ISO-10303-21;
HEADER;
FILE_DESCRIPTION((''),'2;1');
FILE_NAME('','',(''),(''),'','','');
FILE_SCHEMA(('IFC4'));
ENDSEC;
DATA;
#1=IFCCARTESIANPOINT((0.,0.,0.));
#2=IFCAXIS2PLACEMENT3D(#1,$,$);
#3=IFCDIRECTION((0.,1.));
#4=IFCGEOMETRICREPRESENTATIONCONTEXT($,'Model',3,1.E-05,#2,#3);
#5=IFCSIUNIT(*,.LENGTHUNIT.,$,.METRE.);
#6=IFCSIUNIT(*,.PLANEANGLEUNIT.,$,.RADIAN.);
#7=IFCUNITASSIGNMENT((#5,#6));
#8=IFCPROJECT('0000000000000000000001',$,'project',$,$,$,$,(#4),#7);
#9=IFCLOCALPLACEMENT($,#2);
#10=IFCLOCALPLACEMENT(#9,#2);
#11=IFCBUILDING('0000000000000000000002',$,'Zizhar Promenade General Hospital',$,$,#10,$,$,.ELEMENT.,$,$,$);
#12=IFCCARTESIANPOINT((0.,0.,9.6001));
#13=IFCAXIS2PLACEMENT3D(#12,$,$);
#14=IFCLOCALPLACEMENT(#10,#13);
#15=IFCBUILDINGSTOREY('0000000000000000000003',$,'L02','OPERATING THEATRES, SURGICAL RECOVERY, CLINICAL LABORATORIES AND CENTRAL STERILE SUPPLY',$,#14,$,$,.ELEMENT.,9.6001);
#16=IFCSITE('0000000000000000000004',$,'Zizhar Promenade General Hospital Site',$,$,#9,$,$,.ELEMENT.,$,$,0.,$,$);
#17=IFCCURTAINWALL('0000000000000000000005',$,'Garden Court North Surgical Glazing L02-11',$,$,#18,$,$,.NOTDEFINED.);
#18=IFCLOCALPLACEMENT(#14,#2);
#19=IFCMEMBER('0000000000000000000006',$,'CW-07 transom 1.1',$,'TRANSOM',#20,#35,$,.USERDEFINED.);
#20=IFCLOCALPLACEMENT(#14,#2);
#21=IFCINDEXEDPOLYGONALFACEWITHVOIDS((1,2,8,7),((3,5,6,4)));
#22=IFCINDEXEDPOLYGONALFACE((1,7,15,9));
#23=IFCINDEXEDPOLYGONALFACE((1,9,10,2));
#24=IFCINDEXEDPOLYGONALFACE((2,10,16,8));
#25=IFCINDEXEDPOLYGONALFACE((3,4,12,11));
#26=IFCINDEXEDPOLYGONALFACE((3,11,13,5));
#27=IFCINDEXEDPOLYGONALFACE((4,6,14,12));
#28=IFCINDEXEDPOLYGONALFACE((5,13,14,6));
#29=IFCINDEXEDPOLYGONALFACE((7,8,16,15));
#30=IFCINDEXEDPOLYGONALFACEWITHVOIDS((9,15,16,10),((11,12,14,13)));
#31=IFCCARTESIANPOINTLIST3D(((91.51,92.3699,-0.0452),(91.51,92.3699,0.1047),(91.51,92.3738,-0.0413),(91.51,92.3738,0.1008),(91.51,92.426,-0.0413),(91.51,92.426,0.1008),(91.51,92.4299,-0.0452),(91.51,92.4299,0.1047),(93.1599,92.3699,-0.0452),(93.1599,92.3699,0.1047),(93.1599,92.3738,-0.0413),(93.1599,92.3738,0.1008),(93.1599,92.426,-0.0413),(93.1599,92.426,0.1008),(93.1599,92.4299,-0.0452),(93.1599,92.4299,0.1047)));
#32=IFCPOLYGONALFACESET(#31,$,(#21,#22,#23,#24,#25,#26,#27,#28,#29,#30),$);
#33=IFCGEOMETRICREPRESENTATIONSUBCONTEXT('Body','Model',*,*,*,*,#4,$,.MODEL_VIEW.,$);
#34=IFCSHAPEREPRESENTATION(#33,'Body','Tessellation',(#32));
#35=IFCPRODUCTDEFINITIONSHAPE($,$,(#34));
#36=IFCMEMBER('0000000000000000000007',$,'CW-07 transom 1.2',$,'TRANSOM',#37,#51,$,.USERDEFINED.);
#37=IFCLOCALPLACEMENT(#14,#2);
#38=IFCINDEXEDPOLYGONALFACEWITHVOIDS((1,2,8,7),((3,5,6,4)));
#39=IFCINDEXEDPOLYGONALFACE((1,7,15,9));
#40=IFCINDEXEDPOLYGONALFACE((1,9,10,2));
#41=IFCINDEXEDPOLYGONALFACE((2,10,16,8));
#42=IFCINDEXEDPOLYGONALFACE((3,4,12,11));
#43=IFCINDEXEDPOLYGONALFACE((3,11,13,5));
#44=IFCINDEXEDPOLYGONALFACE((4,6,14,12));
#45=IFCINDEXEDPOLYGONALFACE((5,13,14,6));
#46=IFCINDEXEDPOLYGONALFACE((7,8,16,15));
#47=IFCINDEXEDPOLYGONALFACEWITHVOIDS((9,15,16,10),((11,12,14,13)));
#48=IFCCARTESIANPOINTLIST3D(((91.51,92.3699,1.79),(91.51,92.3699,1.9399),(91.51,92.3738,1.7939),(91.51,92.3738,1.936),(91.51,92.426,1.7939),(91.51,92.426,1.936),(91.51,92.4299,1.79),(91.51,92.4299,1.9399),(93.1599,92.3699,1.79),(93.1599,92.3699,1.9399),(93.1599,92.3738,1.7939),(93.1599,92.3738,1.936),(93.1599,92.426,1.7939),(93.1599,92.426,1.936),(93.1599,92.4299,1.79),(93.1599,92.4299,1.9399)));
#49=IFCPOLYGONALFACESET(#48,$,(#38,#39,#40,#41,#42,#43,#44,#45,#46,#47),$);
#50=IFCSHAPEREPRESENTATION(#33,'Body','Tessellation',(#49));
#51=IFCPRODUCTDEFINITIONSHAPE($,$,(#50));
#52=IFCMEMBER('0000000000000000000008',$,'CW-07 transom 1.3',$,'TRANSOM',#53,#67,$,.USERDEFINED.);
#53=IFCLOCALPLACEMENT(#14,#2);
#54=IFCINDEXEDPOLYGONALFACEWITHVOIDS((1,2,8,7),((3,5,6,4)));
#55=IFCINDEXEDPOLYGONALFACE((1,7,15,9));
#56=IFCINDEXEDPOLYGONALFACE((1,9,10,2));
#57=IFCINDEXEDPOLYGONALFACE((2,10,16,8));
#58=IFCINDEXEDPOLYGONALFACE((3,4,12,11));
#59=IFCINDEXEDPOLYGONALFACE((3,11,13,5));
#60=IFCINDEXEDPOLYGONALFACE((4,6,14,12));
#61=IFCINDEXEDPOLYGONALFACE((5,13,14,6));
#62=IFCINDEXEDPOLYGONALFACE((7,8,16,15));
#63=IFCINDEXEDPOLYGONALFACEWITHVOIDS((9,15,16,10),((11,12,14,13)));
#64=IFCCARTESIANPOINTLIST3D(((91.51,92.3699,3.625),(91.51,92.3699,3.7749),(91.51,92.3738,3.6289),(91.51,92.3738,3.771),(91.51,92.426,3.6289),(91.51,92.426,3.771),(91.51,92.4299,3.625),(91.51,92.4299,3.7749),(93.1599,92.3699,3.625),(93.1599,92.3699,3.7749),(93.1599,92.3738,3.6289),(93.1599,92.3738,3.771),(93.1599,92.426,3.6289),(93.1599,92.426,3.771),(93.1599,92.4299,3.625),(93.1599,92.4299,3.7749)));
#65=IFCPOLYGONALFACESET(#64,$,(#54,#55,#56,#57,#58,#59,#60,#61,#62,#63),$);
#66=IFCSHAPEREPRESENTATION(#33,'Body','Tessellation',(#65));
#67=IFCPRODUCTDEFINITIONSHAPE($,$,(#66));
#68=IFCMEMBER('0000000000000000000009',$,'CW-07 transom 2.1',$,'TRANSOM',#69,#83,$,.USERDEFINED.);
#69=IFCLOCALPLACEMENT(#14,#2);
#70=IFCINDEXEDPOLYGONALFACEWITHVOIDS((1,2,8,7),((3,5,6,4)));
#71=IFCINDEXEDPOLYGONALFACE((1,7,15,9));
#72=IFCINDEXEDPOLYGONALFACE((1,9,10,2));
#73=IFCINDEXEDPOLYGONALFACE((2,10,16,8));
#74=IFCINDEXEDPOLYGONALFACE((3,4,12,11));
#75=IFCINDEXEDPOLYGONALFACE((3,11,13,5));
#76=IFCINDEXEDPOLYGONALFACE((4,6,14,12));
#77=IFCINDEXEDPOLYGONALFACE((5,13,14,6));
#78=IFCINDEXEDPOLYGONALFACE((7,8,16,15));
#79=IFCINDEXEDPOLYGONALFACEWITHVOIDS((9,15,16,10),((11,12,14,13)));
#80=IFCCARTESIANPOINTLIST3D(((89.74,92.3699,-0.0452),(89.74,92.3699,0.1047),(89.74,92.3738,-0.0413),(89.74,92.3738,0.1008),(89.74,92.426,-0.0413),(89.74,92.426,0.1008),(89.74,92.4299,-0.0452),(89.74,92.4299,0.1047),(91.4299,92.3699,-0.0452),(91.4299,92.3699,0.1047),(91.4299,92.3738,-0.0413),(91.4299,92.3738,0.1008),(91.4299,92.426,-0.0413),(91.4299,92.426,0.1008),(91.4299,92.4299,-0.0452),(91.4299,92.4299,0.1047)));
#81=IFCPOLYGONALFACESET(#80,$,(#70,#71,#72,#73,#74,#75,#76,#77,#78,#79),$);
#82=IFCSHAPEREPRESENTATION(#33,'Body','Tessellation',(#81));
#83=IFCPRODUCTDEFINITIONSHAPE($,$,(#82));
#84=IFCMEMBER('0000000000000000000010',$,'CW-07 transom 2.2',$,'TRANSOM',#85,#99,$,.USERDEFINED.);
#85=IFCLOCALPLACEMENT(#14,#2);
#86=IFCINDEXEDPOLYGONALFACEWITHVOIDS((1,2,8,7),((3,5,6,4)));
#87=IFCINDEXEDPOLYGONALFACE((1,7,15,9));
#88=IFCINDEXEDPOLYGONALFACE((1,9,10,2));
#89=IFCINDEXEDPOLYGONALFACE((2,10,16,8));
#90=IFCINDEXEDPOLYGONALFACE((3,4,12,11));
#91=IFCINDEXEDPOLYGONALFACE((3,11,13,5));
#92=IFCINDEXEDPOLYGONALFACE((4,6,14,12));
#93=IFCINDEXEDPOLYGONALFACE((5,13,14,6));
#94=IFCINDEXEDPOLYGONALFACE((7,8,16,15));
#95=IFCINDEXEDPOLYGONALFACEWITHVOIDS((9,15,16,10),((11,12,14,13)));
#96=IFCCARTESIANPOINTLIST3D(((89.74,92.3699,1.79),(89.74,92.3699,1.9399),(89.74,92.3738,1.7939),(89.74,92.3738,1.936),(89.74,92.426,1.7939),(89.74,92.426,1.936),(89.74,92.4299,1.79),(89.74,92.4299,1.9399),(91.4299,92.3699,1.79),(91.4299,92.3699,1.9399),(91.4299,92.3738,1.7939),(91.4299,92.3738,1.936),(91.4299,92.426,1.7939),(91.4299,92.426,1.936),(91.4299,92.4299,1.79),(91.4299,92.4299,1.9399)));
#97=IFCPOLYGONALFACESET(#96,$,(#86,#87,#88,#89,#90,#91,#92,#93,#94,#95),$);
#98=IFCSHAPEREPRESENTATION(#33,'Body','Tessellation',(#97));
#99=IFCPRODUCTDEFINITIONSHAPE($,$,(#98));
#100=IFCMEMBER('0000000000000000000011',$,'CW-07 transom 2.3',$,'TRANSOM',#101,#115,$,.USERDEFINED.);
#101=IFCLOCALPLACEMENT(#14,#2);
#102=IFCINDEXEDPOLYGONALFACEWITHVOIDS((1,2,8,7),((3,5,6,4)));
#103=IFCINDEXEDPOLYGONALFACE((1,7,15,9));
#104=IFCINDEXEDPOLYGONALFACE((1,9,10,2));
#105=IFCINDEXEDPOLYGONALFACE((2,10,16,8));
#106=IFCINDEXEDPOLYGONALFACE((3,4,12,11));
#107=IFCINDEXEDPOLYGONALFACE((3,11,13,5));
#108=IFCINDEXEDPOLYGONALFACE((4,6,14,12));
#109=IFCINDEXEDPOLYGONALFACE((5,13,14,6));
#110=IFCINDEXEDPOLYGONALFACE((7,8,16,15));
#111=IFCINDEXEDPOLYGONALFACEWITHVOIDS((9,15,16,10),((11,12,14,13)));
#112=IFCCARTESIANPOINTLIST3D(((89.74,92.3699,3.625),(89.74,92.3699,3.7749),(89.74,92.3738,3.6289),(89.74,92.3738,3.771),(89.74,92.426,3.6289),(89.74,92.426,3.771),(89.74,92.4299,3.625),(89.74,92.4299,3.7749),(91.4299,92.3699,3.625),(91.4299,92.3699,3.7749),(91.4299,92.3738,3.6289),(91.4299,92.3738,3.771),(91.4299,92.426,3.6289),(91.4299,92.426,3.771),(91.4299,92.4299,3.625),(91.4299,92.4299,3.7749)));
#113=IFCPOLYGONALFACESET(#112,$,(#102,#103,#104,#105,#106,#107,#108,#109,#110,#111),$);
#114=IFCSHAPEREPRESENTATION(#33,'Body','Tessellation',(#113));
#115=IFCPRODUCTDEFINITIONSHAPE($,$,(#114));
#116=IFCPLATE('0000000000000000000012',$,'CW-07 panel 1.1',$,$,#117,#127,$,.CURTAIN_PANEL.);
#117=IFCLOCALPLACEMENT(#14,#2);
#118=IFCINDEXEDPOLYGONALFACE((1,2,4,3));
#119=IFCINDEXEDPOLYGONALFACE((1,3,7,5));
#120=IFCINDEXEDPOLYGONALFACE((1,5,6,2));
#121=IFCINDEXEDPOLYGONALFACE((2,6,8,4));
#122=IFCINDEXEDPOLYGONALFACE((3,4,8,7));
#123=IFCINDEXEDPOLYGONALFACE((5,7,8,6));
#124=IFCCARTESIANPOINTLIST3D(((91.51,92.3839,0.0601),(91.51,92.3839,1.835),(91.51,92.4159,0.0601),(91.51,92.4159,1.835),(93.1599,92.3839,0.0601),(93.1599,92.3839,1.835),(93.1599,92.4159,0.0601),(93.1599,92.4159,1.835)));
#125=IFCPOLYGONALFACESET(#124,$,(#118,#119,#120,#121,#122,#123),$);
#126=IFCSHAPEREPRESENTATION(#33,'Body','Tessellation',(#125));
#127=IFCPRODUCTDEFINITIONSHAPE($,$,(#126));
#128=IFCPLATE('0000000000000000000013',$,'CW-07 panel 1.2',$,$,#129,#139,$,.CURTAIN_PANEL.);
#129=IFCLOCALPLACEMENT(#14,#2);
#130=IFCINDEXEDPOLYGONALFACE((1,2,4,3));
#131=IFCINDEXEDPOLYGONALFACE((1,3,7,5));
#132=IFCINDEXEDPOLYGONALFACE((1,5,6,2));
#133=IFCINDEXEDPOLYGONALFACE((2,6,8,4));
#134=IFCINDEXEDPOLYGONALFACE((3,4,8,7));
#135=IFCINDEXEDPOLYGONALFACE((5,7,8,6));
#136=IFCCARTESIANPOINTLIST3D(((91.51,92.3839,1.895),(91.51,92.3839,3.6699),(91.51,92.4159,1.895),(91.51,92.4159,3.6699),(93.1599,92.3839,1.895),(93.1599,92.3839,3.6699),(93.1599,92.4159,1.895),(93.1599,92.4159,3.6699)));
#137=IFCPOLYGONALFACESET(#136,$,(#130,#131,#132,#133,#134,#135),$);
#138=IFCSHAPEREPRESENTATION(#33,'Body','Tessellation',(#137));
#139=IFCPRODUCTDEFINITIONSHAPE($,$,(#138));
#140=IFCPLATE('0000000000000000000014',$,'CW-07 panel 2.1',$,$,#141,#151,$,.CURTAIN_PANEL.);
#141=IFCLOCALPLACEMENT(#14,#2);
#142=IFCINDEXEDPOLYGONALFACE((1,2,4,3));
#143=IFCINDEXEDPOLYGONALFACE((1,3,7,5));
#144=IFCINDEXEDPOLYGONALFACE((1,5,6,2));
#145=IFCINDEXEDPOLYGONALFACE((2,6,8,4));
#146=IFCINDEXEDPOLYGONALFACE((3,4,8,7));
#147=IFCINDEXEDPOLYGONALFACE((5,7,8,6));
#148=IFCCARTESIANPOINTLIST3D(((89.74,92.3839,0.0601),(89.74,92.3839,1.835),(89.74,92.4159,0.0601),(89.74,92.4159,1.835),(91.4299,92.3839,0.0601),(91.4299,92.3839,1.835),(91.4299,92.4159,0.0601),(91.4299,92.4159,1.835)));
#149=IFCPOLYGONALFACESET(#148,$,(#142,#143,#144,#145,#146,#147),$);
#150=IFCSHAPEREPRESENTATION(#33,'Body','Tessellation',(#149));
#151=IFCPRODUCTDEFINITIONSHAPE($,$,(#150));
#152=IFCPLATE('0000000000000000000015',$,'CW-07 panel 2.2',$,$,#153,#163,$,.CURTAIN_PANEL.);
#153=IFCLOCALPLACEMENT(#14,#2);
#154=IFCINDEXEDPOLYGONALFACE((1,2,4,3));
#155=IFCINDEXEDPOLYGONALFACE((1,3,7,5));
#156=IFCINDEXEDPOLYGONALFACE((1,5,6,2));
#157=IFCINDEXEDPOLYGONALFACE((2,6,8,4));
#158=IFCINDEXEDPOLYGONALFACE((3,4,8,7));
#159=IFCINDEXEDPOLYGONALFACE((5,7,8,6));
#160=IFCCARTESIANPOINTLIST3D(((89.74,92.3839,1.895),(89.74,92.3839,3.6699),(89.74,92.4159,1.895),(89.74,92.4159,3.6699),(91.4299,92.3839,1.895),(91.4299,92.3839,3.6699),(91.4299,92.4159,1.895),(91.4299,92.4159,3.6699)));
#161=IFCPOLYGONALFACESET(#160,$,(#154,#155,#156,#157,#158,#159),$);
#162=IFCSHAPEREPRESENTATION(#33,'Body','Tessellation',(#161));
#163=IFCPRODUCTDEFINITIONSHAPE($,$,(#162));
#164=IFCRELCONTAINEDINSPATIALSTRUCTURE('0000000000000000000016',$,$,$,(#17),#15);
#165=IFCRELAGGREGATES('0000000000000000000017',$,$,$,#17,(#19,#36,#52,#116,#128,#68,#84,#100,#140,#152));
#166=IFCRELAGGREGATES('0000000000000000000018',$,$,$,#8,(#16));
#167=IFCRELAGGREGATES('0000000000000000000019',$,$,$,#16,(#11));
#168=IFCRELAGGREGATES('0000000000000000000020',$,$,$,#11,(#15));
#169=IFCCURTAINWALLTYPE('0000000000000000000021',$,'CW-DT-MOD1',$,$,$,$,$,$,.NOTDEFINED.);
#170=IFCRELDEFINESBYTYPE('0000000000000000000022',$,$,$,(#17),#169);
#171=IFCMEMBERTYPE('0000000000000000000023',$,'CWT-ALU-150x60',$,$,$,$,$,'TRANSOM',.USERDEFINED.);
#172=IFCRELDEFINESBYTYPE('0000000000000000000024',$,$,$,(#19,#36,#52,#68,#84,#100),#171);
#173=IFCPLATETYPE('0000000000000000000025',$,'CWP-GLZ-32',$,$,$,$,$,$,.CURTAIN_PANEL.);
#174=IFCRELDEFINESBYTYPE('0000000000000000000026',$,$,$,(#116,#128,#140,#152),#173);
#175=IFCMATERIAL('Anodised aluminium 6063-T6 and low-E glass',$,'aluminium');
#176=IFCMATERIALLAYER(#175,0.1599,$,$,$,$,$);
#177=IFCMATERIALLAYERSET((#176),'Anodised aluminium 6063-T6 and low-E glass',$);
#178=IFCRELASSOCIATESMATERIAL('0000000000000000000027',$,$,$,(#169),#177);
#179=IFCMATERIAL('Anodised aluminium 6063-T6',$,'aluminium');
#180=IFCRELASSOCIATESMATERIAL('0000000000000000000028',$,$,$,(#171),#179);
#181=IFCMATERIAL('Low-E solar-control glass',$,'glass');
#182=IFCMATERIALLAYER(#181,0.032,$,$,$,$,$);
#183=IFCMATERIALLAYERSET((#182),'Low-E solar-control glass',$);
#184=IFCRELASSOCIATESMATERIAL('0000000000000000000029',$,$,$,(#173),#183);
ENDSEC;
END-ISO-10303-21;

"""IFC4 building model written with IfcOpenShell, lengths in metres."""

from ifc_helpers import new_model, si_unit, direction, frame, origin, origin_2d, place, context, subcontext, project, spatial, rectangle, hollow_rectangle, extrude, material, layer, layer_set, material_profile, profile_set, type_object, element, aggregate, save


model = new_model("IFC4")

# Units and contexts
model_context = context("Model", 3, precision=1e-05, world=origin(), true_north=direction((0.0, 1.0)))
body_context = subcontext(model_context, "Body", "Model", "MODEL_VIEW")
ifc_project = project(units=[si_unit("LENGTHUNIT", "METRE"), si_unit("PLANEANGLEUNIT", "RADIAN")], contexts=[model_context])

# Site, building, storey
site_placement = place(None, origin())
site = spatial("IfcSite", under=ifc_project, at=site_placement, Name="Zizhar Promenade General Hospital Site", CompositionType="ELEMENT", RefElevation=0.0)
building_placement = place(site_placement, origin())
building = spatial("IfcBuilding", under=site, at=building_placement, Name="Zizhar Promenade General Hospital", CompositionType="ELEMENT")
storey_placement = place(building_placement, frame((0.0, 0.0, 9.6001)))
storey = spatial("IfcBuildingStorey", under=building, at=storey_placement, Name="L02", Description="OPERATING THEATRES, SURGICAL RECOVERY, CLINICAL LABORATORIES AND CENTRAL STERILE SUPPLY", CompositionType="ELEMENT", Elevation=9.6001)

# Curtain wall, members, plates
ifc_material_1 = material(Name="Anodised aluminium 6063-T6 and low-E glass", Category="aluminium")
ifc_layer_1 = layer(ifc_material_1, 0.1599)
ifc_layer_set_1 = layer_set([ifc_layer_1], Name="Anodised aluminium 6063-T6 and low-E glass")
curtain_wall_type = type_object("IfcCurtainWallType", Name="CW-DT-MOD1", PredefinedType="NOTDEFINED", material=ifc_layer_set_1)
curtain_wall_placement = place(storey_placement, origin())
curtain_wall = element("IfcCurtainWall", 1, at=curtain_wall_placement, inside=storey, type_object=curtain_wall_type, Name="Garden Court North Surgical Glazing L02-11", PredefinedType="NOTDEFINED")
ifc_material_2 = material(Name="Anodised aluminium 6063-T6", Category="aluminium")
ifc_material_profile_1 = material_profile(ifc_material_2, hollow_rectangle(XDim=0.0601, YDim=0.1499, WallThickness=0.0039, at=origin_2d()))
ifc_profile_set_1 = profile_set([ifc_material_profile_1], Name="Anodised aluminium 6063-T6")
member_type_1 = type_object("IfcMemberType", Name="CWT-ALU-150x60", ElementType="TRANSOM", PredefinedType="USERDEFINED", material=ifc_profile_set_1)
member_1_placement = place(storey_placement, frame((93.1599, 92.3999, 0.0298), z_axis=(-1.0, 0.0, 0.0), x_axis=(0.0, -1.0, 0.0)))
member_1 = element("IfcMember", 2, at=member_1_placement, type_object=member_type_1, Name="CW-07 transom 1.1", ObjectType="TRANSOM", PredefinedType="USERDEFINED", context=body_context, shape_type="SweptSolid", body=[
    extrude(hollow_rectangle(XDim=0.0601, YDim=0.1499, WallThickness=0.0039, at=origin_2d()), origin(), (0.0, 0.0, 1.0), 1.6499),
])
member_2_placement = place(storey_placement, frame((93.1599, 92.3999, 1.865), z_axis=(-1.0, 0.0, 0.0), x_axis=(0.0, -1.0, 0.0)))
member_2 = element("IfcMember", 3, at=member_2_placement, type_object=member_type_1, Name="CW-07 transom 1.2", ObjectType="TRANSOM", PredefinedType="USERDEFINED", context=body_context, shape_type="SweptSolid", body=[
    extrude(hollow_rectangle(XDim=0.0601, YDim=0.1499, WallThickness=0.0039, at=origin_2d()), origin(), (0.0, 0.0, 1.0), 1.6499),
])
member_3_placement = place(storey_placement, frame((93.1599, 92.3999, 3.7), z_axis=(-1.0, 0.0, 0.0), x_axis=(0.0, -1.0, 0.0)))
member_3 = element("IfcMember", 4, at=member_3_placement, type_object=member_type_1, Name="CW-07 transom 1.3", ObjectType="TRANSOM", PredefinedType="USERDEFINED", context=body_context, shape_type="SweptSolid", body=[
    extrude(hollow_rectangle(XDim=0.0601, YDim=0.1499, WallThickness=0.0039, at=origin_2d()), origin(), (0.0, 0.0, 1.0), 1.6499),
])
member_4_placement = place(storey_placement, frame((91.4299, 92.3999, 0.0298), z_axis=(-1.0, 0.0, 0.0), x_axis=(0.0, -1.0, 0.0)))
member_4 = element("IfcMember", 5, at=member_4_placement, type_object=member_type_1, Name="CW-07 transom 2.1", ObjectType="TRANSOM", PredefinedType="USERDEFINED", context=body_context, shape_type="SweptSolid", body=[
    extrude(hollow_rectangle(XDim=0.0601, YDim=0.1499, WallThickness=0.0039, at=origin_2d()), origin(), (0.0, 0.0, 1.0), 1.6899),
])
member_5_placement = place(storey_placement, frame((91.4299, 92.3999, 1.865), z_axis=(-1.0, 0.0, 0.0), x_axis=(0.0, -1.0, 0.0)))
member_5 = element("IfcMember", 6, at=member_5_placement, type_object=member_type_1, Name="CW-07 transom 2.2", ObjectType="TRANSOM", PredefinedType="USERDEFINED", context=body_context, shape_type="SweptSolid", body=[
    extrude(hollow_rectangle(XDim=0.0601, YDim=0.1499, WallThickness=0.0039, at=origin_2d()), origin(), (0.0, 0.0, 1.0), 1.6899),
])
member_6_placement = place(storey_placement, frame((91.4299, 92.3999, 3.7), z_axis=(-1.0, 0.0, 0.0), x_axis=(0.0, -1.0, 0.0)))
member_6 = element("IfcMember", 7, at=member_6_placement, type_object=member_type_1, Name="CW-07 transom 2.3", ObjectType="TRANSOM", PredefinedType="USERDEFINED", context=body_context, shape_type="SweptSolid", body=[
    extrude(hollow_rectangle(XDim=0.0601, YDim=0.1499, WallThickness=0.0039, at=origin_2d()), origin(), (0.0, 0.0, 1.0), 1.6899),
])
ifc_material_3 = material(Name="Low-E solar-control glass", Category="glass")
ifc_layer_2 = layer(ifc_material_3, 0.032)
ifc_layer_set_2 = layer_set([ifc_layer_2], Name="Low-E solar-control glass")
plate_type = type_object("IfcPlateType", Name="CWP-GLZ-32", PredefinedType="CURTAIN_PANEL", material=ifc_layer_set_2)
plate_1_placement = place(storey_placement, frame((92.335, 92.3999, 0.0601), z_axis=(0.0, 0.0, 1.0), x_axis=(-1.0, 0.0, 0.0)))
plate_1 = element("IfcPlate", 8, at=plate_1_placement, type_object=plate_type, Name="CW-07 panel 1.1", PredefinedType="CURTAIN_PANEL", context=body_context, shape_type="SweptSolid", body=[
    extrude(rectangle(XDim=1.6499, YDim=0.032, at=origin_2d()), origin(), (0.0, 0.0, 1.0), 1.7749),
])
plate_2_placement = place(storey_placement, frame((92.335, 92.3999, 1.895), z_axis=(0.0, 0.0, 1.0), x_axis=(-1.0, 0.0, 0.0)))
plate_2 = element("IfcPlate", 9, at=plate_2_placement, type_object=plate_type, Name="CW-07 panel 1.2", PredefinedType="CURTAIN_PANEL", context=body_context, shape_type="SweptSolid", body=[
    extrude(rectangle(XDim=1.6499, YDim=0.032, at=origin_2d()), origin(), (0.0, 0.0, 1.0), 1.7749),
])
plate_3_placement = place(storey_placement, frame((90.585, 92.3999, 0.0601), z_axis=(0.0, 0.0, 1.0), x_axis=(-1.0, 0.0, 0.0)))
plate_3 = element("IfcPlate", 10, at=plate_3_placement, type_object=plate_type, Name="CW-07 panel 2.1", PredefinedType="CURTAIN_PANEL", context=body_context, shape_type="SweptSolid", body=[
    extrude(rectangle(XDim=1.6899, YDim=0.032, at=origin_2d()), origin(), (0.0, 0.0, 1.0), 1.7749),
])
plate_4_placement = place(storey_placement, frame((90.585, 92.3999, 1.895), z_axis=(0.0, 0.0, 1.0), x_axis=(-1.0, 0.0, 0.0)))
plate_4 = element("IfcPlate", 11, at=plate_4_placement, type_object=plate_type, Name="CW-07 panel 2.2", PredefinedType="CURTAIN_PANEL", context=body_context, shape_type="SweptSolid", body=[
    extrude(rectangle(XDim=1.6899, YDim=0.032, at=origin_2d()), origin(), (0.0, 0.0, 1.0), 1.7749),
])
aggregate(curtain_wall, [member_1, member_2, member_3, plate_1, plate_2, member_4, member_5, member_6, plate_3, plate_4])

save(model, "model.ifc")
